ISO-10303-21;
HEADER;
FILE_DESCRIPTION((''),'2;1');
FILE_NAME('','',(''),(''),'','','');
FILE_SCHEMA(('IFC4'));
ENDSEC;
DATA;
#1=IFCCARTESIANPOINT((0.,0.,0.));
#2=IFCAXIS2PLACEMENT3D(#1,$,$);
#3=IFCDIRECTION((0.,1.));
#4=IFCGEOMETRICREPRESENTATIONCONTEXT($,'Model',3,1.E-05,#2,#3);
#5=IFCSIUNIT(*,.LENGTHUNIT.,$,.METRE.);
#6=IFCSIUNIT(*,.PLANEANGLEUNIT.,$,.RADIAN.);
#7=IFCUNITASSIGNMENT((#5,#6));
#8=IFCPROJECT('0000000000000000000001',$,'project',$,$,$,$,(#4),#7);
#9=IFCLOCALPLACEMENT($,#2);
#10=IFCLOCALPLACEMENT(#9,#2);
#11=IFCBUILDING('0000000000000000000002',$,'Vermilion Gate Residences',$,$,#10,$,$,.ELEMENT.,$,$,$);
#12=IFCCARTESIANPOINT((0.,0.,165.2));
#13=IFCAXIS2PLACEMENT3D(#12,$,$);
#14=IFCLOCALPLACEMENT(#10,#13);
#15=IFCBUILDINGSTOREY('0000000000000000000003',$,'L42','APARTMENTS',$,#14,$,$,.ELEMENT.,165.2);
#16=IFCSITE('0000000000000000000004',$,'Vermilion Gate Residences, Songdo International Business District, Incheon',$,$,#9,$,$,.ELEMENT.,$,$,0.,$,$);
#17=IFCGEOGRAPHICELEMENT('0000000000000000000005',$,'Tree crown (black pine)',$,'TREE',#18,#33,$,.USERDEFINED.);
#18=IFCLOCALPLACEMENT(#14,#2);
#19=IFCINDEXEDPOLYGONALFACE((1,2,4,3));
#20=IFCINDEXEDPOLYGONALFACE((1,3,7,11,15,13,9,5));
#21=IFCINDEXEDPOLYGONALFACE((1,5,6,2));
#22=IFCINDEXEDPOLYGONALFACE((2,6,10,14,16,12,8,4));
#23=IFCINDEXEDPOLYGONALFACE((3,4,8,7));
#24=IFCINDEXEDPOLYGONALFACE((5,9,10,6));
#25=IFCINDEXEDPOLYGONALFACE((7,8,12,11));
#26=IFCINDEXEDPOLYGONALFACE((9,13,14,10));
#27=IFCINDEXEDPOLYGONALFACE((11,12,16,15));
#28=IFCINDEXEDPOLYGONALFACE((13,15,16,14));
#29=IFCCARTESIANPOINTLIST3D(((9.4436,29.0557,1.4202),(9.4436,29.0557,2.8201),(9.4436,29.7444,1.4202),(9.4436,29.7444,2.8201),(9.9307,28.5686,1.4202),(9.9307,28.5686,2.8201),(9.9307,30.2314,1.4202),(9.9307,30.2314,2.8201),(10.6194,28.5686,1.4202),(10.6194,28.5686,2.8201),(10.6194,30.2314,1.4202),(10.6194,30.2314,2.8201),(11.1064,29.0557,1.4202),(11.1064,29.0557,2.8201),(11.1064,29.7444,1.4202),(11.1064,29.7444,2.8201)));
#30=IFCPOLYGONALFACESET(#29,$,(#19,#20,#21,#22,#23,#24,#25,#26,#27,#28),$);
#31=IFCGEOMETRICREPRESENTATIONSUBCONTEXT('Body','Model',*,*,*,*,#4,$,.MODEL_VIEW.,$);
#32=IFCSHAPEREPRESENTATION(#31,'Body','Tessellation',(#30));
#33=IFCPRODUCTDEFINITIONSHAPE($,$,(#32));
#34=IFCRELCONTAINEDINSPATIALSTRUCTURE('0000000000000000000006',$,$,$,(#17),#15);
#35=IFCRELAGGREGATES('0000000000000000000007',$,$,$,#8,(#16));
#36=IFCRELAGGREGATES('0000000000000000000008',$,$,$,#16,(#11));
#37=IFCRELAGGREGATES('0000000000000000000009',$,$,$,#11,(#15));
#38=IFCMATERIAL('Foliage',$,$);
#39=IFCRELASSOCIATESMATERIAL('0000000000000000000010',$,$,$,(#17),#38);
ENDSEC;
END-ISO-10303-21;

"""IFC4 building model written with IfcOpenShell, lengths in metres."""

from ifc_helpers import new_model, si_unit, direction, frame, origin, place, context, subcontext, project, spatial, polyline, outline, extrude, material, element, save


model = new_model("IFC4")

# Units and contexts
model_context = context("Model", 3, precision=1e-05, world=origin(), true_north=direction((0.0, 1.0)))
body_context = subcontext(model_context, "Body", "Model", "MODEL_VIEW")
ifc_project = project(units=[si_unit("LENGTHUNIT", "METRE"), si_unit("PLANEANGLEUNIT", "RADIAN")], contexts=[model_context])

# Site, building, storey
site_placement = place(None, origin())
site = spatial("IfcSite", under=ifc_project, at=site_placement, Name="Vermilion Gate Residences, Songdo International Business District, Incheon", CompositionType="ELEMENT", RefElevation=0.0)
building_placement = place(site_placement, origin())
building = spatial("IfcBuilding", under=site, at=building_placement, Name="Vermilion Gate Residences", CompositionType="ELEMENT")
storey_placement = place(building_placement, frame((0.0, 0.0, 165.2)))
storey = spatial("IfcBuildingStorey", under=building, at=storey_placement, Name="L42", Description="APARTMENTS", CompositionType="ELEMENT", Elevation=165.2)

# Geographic element
ifc_material_1 = material(Name="Foliage")
geographic_element_1_placement = place(storey_placement, frame((0.0, 0.0, 1.4202)))
element("IfcGeographicElement", 1, at=geographic_element_1_placement, inside=storey, material=ifc_material_1, Name="Tree crown (black pine)", ObjectType="TREE", PredefinedType="USERDEFINED", context=body_context, shape_type="SweptSolid", body=[
    extrude(outline(polyline([(11.1064, 29.7444), (10.6194, 30.2314), (9.9307, 30.2314), (9.4436, 29.7444), (9.4436, 29.0557), (9.9307, 28.5686), (10.6194, 28.5686), (11.1064, 29.0557), (11.1064, 29.7444)])), origin(), (0.0, 0.0, 1.0), 1.3999),
])

save(model, "model.ifc")
